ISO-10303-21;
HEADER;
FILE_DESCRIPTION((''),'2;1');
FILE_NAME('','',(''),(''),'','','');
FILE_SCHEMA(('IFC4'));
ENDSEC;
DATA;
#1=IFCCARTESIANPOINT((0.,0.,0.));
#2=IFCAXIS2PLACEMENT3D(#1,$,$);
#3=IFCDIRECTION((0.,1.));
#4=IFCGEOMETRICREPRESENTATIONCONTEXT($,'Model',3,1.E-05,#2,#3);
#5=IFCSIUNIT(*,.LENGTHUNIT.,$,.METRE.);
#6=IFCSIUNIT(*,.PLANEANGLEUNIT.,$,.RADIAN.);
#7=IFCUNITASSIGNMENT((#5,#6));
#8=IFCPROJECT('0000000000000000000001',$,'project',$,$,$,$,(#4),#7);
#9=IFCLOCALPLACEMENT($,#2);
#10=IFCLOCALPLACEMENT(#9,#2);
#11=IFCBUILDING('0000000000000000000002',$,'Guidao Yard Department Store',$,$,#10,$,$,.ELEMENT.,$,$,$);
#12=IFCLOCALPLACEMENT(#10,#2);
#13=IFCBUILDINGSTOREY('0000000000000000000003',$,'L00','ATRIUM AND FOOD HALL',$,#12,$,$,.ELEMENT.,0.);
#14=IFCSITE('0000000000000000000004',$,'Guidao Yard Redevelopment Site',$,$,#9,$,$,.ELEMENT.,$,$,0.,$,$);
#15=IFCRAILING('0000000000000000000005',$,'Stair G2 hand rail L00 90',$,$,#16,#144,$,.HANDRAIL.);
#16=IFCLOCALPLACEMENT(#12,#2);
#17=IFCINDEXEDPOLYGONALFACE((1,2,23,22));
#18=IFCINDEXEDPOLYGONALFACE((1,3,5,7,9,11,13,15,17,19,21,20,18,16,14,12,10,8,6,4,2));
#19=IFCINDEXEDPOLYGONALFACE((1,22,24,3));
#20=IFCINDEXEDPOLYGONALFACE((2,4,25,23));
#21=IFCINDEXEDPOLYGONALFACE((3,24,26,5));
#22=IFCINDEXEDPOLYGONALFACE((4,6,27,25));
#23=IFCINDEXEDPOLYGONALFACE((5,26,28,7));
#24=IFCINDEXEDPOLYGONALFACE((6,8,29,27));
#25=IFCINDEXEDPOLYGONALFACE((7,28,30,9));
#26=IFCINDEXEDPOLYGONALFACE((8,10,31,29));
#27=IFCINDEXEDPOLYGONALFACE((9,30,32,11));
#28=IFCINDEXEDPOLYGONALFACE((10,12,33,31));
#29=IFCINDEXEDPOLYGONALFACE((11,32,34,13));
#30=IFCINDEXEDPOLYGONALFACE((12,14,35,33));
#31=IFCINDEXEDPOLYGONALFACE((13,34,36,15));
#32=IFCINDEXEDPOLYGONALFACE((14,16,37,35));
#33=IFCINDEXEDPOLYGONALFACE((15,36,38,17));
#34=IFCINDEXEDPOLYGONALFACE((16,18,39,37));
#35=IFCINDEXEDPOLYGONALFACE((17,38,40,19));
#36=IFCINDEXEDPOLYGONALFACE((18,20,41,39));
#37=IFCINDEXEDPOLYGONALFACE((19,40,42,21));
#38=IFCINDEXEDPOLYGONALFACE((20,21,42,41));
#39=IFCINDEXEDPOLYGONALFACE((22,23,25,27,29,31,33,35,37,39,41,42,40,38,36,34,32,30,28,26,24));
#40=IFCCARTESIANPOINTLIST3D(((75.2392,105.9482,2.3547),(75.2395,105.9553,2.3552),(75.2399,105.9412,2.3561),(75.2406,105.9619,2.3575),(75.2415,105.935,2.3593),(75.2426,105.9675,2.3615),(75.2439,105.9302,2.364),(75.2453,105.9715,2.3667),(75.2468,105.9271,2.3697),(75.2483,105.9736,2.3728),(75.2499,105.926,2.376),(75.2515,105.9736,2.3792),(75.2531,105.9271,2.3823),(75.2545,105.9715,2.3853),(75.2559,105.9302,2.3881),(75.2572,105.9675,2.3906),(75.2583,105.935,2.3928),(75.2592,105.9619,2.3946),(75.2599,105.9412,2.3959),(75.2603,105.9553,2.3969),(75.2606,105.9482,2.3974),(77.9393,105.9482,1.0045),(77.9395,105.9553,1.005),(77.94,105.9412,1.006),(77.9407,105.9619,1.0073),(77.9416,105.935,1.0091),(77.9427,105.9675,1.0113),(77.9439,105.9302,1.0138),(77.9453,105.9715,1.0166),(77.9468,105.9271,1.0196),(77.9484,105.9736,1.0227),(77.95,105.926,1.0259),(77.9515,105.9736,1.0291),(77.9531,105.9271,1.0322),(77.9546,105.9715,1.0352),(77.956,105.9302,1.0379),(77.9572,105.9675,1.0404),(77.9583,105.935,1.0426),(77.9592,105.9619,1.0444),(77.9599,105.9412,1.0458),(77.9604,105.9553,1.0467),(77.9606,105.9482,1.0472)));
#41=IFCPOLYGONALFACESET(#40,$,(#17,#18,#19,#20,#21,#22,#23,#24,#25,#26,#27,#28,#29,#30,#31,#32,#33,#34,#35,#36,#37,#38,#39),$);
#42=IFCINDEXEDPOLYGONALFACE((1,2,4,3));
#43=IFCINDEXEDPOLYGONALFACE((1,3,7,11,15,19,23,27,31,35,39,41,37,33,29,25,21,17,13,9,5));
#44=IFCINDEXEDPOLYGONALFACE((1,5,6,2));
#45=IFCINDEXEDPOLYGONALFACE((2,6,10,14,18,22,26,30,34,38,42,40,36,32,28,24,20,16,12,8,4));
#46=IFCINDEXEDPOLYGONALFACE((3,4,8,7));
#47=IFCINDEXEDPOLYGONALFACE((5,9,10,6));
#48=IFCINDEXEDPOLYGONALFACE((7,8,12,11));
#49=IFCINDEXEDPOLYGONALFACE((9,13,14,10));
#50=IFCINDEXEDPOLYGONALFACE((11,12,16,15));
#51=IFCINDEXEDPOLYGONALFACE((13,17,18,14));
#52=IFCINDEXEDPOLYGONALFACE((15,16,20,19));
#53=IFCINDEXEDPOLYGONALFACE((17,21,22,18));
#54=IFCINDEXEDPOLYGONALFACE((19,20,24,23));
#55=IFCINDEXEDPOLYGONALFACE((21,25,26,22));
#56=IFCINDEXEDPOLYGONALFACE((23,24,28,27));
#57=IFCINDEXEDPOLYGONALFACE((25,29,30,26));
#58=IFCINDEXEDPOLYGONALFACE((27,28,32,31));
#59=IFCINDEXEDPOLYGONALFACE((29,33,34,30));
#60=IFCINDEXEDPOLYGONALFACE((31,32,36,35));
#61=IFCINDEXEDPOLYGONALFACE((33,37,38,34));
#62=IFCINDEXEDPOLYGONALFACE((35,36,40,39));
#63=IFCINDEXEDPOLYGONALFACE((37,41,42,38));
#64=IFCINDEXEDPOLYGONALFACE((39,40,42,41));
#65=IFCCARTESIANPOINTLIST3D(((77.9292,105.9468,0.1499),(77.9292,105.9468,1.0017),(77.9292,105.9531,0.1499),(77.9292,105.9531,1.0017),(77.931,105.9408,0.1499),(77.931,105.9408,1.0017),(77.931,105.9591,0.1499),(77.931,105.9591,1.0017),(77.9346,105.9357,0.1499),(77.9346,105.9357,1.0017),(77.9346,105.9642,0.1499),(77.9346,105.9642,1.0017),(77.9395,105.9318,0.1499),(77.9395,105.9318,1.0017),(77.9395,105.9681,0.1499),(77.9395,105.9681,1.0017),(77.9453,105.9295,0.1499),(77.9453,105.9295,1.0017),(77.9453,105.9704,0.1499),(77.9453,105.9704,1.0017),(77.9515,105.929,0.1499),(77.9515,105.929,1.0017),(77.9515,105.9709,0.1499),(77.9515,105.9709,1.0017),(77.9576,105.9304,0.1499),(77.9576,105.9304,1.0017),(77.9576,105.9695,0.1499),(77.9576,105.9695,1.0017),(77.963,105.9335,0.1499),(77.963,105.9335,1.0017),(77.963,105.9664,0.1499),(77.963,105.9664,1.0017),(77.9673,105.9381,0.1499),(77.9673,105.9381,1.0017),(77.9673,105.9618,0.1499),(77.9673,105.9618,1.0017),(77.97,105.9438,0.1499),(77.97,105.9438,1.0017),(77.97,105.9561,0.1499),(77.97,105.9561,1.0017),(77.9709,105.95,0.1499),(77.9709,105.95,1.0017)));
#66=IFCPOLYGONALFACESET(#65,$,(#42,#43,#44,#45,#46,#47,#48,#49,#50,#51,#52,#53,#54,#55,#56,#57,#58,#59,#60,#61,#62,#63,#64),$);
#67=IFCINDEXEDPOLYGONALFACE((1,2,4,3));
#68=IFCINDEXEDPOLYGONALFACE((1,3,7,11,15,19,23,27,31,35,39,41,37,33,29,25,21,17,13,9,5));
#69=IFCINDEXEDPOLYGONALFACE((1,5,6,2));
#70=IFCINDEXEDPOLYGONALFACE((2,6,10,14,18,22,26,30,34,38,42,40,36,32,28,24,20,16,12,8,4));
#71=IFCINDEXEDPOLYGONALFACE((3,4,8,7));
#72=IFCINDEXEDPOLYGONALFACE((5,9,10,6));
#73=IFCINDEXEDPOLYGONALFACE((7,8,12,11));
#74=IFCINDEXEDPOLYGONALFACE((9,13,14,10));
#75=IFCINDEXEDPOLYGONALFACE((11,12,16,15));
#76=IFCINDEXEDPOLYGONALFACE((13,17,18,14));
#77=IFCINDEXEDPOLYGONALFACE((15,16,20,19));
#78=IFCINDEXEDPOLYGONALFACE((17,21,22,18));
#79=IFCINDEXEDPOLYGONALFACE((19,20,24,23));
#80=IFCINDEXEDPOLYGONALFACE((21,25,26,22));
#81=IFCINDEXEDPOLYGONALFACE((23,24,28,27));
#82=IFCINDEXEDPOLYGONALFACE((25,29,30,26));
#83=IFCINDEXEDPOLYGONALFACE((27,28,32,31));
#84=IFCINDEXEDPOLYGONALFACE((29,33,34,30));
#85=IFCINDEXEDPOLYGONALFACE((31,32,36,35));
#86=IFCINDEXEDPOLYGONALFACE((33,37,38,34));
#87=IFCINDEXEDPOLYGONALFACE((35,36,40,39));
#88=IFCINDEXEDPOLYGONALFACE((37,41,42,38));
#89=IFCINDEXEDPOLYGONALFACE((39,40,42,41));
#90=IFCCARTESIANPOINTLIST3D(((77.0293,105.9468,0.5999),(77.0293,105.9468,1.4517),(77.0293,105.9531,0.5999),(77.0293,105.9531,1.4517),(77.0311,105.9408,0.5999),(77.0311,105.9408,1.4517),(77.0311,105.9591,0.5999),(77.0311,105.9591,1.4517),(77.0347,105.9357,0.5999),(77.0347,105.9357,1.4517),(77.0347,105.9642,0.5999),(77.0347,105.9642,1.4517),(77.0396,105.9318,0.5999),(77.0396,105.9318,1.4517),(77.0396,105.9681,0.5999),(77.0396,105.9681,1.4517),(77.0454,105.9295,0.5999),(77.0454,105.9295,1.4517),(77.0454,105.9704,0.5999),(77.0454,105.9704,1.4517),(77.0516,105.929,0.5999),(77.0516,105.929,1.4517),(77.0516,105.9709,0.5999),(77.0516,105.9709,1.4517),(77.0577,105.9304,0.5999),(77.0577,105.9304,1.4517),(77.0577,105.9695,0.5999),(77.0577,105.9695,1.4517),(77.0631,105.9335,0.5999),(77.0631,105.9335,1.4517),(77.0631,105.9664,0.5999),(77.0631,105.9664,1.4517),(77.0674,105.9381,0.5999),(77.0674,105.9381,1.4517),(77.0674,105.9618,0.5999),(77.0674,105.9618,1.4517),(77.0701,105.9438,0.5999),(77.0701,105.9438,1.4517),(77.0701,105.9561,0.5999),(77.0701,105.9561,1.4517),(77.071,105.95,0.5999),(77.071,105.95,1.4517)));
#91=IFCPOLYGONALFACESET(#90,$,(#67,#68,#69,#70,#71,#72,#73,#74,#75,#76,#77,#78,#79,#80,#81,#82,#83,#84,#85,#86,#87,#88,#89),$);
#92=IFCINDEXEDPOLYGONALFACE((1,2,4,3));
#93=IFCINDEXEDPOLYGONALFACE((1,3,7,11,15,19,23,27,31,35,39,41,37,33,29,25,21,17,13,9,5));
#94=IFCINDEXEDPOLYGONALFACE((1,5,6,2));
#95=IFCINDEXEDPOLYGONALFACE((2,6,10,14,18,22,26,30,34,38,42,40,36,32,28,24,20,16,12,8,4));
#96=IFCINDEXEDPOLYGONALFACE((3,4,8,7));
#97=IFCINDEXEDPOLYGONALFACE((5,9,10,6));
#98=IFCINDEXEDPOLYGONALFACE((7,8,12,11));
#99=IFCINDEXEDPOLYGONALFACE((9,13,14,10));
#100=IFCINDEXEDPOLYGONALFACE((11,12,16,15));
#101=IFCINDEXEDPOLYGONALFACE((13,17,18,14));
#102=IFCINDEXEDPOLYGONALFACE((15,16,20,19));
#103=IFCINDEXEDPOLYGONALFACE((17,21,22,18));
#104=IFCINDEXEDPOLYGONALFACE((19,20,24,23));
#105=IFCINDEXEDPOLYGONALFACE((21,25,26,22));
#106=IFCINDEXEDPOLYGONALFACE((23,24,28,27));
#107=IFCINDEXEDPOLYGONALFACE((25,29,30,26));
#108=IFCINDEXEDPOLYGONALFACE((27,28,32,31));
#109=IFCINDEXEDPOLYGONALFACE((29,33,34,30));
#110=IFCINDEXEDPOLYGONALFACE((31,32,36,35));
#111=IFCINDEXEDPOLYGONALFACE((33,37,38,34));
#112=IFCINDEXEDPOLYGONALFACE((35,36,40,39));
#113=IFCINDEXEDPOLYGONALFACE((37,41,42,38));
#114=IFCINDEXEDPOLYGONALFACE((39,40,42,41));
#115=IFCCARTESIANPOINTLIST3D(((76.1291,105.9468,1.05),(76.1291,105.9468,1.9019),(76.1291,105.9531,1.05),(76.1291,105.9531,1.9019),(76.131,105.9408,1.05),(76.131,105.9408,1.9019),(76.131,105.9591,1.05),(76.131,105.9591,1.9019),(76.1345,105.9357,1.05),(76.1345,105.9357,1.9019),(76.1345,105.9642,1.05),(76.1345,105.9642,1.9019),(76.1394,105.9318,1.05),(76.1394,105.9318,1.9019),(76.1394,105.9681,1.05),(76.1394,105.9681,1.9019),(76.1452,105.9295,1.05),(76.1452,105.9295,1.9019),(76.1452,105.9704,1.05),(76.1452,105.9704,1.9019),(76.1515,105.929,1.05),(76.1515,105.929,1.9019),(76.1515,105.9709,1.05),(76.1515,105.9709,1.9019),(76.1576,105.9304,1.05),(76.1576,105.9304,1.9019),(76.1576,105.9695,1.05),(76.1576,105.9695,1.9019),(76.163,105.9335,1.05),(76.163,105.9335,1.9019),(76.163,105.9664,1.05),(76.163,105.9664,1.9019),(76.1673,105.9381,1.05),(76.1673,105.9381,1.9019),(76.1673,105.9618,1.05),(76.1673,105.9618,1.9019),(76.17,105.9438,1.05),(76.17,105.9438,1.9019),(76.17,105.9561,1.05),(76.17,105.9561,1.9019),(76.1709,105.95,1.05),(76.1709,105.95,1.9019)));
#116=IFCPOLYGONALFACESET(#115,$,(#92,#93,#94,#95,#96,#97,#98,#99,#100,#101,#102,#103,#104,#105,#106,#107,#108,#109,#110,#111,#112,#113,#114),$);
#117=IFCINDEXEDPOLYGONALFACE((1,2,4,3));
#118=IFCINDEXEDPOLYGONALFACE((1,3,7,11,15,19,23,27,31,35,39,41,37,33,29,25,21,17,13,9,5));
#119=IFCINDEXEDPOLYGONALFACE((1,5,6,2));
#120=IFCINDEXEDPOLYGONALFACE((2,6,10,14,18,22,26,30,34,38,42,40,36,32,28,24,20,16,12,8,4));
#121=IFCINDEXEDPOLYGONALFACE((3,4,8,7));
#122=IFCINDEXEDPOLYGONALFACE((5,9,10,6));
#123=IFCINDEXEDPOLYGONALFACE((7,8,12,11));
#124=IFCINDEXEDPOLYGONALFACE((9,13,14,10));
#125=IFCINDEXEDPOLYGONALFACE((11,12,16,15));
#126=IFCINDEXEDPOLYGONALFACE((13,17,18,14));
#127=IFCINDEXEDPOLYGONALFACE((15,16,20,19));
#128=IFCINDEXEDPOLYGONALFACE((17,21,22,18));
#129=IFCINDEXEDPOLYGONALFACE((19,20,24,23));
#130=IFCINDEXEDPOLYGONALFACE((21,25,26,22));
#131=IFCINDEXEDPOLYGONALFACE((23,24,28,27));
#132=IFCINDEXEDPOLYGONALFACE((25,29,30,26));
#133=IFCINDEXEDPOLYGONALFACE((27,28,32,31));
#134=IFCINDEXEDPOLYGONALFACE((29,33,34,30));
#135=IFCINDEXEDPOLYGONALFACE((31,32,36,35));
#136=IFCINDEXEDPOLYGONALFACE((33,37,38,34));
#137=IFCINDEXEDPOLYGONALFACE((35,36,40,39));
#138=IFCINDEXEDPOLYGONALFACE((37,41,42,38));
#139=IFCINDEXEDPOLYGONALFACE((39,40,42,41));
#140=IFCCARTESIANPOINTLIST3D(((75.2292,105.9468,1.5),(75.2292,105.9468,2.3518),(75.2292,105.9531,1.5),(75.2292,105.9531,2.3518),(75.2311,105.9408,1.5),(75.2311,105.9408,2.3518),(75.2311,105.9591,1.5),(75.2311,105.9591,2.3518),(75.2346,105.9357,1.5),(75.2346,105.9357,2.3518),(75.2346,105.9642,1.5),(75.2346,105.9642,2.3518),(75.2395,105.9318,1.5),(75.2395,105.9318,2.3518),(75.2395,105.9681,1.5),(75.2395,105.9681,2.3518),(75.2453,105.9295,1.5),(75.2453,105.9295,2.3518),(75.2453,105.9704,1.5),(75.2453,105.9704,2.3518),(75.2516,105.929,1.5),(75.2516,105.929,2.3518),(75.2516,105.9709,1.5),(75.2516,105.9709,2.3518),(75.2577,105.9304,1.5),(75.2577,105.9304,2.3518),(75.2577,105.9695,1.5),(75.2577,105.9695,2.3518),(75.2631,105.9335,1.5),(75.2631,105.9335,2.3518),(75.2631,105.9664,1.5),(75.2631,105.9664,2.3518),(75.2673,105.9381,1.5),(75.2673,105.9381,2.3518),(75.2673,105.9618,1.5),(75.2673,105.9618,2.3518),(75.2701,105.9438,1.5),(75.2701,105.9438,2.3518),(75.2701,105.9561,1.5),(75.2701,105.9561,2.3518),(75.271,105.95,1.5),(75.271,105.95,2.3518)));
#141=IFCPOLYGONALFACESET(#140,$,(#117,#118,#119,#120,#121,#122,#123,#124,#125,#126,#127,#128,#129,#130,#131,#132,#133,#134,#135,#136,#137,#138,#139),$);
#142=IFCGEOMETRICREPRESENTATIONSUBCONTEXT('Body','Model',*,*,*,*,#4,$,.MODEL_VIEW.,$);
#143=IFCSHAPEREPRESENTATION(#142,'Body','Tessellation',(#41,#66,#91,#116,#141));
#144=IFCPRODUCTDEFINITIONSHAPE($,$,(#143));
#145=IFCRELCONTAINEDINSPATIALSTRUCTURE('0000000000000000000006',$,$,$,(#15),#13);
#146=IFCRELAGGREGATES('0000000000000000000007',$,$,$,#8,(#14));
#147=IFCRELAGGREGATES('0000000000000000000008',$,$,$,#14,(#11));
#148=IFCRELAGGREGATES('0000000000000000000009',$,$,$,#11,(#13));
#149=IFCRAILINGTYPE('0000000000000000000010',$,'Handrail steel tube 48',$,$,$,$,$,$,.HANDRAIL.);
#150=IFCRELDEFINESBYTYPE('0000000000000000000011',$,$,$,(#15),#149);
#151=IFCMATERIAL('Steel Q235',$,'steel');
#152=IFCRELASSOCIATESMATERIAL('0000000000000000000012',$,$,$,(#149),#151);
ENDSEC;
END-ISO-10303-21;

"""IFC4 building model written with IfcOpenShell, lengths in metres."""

from ifc_helpers import new_model, si_unit, direction, frame, origin, origin_2d, place, context, subcontext, project, spatial, circle, extrude, material, type_object, element, save


model = new_model("IFC4")

# Units and contexts
model_context = context("Model", 3, precision=1e-05, world=origin(), true_north=direction((0.0, 1.0)))
body_context = subcontext(model_context, "Body", "Model", "MODEL_VIEW")
ifc_project = project(units=[si_unit("LENGTHUNIT", "METRE"), si_unit("PLANEANGLEUNIT", "RADIAN")], contexts=[model_context])

# Site, building, storey
site_placement = place(None, origin())
site = spatial("IfcSite", under=ifc_project, at=site_placement, Name="Guidao Yard Redevelopment Site", CompositionType="ELEMENT", RefElevation=0.0)
building_placement = place(site_placement, origin())
building = spatial("IfcBuilding", under=site, at=building_placement, Name="Guidao Yard Department Store", CompositionType="ELEMENT")
storey_placement = place(building_placement, origin())
storey = spatial("IfcBuildingStorey", under=building, at=storey_placement, Name="L00", Description="ATRIUM AND FOOD HALL", CompositionType="ELEMENT", Elevation=0.0)

# Railing
ifc_material_1 = material(Name="Steel Q235", Category="steel")
railing_type = type_object("IfcRailingType", Name="Handrail steel tube 48", PredefinedType="HANDRAIL", material=ifc_material_1)
for number, where, name in (
    (1, (77.95, 105.95, 0.1499), "Stair G2 hand rail L00 90"),
):
    element("IfcRailing", number, at=place(storey_placement, frame(where)), inside=storey, type_object=railing_type, Name=name, PredefinedType="HANDRAIL", context=body_context, shape_type="SweptSolid", body=[
        extrude(circle(Radius=0.0239, at=origin_2d()), frame((0.0, 0.0, 0.876), z_axis=(-0.894411, 0.0, 0.447246), x_axis=(0.0, -1.0, 0.0)), (0.0, 0.0, 1.0), 3.0188),
        extrude(circle(Radius=0.021, at=origin_2d()), origin(), (0.0, 0.0, 1.0), 0.8518),
        extrude(circle(Radius=0.021, at=origin_2d()), frame((-0.8999, 0.0, 0.45)), (0.0, 0.0, 1.0), 0.8518),
        extrude(circle(Radius=0.021, at=origin_2d()), frame((-1.8, 0.0, 0.9001)), (0.0, 0.0, 1.0), 0.8518),
        extrude(circle(Radius=0.021, at=origin_2d()), frame((-2.7, 0.0, 1.3501)), (0.0, 0.0, 1.0), 0.8518),
    ])

save(model, "model.ifc")
